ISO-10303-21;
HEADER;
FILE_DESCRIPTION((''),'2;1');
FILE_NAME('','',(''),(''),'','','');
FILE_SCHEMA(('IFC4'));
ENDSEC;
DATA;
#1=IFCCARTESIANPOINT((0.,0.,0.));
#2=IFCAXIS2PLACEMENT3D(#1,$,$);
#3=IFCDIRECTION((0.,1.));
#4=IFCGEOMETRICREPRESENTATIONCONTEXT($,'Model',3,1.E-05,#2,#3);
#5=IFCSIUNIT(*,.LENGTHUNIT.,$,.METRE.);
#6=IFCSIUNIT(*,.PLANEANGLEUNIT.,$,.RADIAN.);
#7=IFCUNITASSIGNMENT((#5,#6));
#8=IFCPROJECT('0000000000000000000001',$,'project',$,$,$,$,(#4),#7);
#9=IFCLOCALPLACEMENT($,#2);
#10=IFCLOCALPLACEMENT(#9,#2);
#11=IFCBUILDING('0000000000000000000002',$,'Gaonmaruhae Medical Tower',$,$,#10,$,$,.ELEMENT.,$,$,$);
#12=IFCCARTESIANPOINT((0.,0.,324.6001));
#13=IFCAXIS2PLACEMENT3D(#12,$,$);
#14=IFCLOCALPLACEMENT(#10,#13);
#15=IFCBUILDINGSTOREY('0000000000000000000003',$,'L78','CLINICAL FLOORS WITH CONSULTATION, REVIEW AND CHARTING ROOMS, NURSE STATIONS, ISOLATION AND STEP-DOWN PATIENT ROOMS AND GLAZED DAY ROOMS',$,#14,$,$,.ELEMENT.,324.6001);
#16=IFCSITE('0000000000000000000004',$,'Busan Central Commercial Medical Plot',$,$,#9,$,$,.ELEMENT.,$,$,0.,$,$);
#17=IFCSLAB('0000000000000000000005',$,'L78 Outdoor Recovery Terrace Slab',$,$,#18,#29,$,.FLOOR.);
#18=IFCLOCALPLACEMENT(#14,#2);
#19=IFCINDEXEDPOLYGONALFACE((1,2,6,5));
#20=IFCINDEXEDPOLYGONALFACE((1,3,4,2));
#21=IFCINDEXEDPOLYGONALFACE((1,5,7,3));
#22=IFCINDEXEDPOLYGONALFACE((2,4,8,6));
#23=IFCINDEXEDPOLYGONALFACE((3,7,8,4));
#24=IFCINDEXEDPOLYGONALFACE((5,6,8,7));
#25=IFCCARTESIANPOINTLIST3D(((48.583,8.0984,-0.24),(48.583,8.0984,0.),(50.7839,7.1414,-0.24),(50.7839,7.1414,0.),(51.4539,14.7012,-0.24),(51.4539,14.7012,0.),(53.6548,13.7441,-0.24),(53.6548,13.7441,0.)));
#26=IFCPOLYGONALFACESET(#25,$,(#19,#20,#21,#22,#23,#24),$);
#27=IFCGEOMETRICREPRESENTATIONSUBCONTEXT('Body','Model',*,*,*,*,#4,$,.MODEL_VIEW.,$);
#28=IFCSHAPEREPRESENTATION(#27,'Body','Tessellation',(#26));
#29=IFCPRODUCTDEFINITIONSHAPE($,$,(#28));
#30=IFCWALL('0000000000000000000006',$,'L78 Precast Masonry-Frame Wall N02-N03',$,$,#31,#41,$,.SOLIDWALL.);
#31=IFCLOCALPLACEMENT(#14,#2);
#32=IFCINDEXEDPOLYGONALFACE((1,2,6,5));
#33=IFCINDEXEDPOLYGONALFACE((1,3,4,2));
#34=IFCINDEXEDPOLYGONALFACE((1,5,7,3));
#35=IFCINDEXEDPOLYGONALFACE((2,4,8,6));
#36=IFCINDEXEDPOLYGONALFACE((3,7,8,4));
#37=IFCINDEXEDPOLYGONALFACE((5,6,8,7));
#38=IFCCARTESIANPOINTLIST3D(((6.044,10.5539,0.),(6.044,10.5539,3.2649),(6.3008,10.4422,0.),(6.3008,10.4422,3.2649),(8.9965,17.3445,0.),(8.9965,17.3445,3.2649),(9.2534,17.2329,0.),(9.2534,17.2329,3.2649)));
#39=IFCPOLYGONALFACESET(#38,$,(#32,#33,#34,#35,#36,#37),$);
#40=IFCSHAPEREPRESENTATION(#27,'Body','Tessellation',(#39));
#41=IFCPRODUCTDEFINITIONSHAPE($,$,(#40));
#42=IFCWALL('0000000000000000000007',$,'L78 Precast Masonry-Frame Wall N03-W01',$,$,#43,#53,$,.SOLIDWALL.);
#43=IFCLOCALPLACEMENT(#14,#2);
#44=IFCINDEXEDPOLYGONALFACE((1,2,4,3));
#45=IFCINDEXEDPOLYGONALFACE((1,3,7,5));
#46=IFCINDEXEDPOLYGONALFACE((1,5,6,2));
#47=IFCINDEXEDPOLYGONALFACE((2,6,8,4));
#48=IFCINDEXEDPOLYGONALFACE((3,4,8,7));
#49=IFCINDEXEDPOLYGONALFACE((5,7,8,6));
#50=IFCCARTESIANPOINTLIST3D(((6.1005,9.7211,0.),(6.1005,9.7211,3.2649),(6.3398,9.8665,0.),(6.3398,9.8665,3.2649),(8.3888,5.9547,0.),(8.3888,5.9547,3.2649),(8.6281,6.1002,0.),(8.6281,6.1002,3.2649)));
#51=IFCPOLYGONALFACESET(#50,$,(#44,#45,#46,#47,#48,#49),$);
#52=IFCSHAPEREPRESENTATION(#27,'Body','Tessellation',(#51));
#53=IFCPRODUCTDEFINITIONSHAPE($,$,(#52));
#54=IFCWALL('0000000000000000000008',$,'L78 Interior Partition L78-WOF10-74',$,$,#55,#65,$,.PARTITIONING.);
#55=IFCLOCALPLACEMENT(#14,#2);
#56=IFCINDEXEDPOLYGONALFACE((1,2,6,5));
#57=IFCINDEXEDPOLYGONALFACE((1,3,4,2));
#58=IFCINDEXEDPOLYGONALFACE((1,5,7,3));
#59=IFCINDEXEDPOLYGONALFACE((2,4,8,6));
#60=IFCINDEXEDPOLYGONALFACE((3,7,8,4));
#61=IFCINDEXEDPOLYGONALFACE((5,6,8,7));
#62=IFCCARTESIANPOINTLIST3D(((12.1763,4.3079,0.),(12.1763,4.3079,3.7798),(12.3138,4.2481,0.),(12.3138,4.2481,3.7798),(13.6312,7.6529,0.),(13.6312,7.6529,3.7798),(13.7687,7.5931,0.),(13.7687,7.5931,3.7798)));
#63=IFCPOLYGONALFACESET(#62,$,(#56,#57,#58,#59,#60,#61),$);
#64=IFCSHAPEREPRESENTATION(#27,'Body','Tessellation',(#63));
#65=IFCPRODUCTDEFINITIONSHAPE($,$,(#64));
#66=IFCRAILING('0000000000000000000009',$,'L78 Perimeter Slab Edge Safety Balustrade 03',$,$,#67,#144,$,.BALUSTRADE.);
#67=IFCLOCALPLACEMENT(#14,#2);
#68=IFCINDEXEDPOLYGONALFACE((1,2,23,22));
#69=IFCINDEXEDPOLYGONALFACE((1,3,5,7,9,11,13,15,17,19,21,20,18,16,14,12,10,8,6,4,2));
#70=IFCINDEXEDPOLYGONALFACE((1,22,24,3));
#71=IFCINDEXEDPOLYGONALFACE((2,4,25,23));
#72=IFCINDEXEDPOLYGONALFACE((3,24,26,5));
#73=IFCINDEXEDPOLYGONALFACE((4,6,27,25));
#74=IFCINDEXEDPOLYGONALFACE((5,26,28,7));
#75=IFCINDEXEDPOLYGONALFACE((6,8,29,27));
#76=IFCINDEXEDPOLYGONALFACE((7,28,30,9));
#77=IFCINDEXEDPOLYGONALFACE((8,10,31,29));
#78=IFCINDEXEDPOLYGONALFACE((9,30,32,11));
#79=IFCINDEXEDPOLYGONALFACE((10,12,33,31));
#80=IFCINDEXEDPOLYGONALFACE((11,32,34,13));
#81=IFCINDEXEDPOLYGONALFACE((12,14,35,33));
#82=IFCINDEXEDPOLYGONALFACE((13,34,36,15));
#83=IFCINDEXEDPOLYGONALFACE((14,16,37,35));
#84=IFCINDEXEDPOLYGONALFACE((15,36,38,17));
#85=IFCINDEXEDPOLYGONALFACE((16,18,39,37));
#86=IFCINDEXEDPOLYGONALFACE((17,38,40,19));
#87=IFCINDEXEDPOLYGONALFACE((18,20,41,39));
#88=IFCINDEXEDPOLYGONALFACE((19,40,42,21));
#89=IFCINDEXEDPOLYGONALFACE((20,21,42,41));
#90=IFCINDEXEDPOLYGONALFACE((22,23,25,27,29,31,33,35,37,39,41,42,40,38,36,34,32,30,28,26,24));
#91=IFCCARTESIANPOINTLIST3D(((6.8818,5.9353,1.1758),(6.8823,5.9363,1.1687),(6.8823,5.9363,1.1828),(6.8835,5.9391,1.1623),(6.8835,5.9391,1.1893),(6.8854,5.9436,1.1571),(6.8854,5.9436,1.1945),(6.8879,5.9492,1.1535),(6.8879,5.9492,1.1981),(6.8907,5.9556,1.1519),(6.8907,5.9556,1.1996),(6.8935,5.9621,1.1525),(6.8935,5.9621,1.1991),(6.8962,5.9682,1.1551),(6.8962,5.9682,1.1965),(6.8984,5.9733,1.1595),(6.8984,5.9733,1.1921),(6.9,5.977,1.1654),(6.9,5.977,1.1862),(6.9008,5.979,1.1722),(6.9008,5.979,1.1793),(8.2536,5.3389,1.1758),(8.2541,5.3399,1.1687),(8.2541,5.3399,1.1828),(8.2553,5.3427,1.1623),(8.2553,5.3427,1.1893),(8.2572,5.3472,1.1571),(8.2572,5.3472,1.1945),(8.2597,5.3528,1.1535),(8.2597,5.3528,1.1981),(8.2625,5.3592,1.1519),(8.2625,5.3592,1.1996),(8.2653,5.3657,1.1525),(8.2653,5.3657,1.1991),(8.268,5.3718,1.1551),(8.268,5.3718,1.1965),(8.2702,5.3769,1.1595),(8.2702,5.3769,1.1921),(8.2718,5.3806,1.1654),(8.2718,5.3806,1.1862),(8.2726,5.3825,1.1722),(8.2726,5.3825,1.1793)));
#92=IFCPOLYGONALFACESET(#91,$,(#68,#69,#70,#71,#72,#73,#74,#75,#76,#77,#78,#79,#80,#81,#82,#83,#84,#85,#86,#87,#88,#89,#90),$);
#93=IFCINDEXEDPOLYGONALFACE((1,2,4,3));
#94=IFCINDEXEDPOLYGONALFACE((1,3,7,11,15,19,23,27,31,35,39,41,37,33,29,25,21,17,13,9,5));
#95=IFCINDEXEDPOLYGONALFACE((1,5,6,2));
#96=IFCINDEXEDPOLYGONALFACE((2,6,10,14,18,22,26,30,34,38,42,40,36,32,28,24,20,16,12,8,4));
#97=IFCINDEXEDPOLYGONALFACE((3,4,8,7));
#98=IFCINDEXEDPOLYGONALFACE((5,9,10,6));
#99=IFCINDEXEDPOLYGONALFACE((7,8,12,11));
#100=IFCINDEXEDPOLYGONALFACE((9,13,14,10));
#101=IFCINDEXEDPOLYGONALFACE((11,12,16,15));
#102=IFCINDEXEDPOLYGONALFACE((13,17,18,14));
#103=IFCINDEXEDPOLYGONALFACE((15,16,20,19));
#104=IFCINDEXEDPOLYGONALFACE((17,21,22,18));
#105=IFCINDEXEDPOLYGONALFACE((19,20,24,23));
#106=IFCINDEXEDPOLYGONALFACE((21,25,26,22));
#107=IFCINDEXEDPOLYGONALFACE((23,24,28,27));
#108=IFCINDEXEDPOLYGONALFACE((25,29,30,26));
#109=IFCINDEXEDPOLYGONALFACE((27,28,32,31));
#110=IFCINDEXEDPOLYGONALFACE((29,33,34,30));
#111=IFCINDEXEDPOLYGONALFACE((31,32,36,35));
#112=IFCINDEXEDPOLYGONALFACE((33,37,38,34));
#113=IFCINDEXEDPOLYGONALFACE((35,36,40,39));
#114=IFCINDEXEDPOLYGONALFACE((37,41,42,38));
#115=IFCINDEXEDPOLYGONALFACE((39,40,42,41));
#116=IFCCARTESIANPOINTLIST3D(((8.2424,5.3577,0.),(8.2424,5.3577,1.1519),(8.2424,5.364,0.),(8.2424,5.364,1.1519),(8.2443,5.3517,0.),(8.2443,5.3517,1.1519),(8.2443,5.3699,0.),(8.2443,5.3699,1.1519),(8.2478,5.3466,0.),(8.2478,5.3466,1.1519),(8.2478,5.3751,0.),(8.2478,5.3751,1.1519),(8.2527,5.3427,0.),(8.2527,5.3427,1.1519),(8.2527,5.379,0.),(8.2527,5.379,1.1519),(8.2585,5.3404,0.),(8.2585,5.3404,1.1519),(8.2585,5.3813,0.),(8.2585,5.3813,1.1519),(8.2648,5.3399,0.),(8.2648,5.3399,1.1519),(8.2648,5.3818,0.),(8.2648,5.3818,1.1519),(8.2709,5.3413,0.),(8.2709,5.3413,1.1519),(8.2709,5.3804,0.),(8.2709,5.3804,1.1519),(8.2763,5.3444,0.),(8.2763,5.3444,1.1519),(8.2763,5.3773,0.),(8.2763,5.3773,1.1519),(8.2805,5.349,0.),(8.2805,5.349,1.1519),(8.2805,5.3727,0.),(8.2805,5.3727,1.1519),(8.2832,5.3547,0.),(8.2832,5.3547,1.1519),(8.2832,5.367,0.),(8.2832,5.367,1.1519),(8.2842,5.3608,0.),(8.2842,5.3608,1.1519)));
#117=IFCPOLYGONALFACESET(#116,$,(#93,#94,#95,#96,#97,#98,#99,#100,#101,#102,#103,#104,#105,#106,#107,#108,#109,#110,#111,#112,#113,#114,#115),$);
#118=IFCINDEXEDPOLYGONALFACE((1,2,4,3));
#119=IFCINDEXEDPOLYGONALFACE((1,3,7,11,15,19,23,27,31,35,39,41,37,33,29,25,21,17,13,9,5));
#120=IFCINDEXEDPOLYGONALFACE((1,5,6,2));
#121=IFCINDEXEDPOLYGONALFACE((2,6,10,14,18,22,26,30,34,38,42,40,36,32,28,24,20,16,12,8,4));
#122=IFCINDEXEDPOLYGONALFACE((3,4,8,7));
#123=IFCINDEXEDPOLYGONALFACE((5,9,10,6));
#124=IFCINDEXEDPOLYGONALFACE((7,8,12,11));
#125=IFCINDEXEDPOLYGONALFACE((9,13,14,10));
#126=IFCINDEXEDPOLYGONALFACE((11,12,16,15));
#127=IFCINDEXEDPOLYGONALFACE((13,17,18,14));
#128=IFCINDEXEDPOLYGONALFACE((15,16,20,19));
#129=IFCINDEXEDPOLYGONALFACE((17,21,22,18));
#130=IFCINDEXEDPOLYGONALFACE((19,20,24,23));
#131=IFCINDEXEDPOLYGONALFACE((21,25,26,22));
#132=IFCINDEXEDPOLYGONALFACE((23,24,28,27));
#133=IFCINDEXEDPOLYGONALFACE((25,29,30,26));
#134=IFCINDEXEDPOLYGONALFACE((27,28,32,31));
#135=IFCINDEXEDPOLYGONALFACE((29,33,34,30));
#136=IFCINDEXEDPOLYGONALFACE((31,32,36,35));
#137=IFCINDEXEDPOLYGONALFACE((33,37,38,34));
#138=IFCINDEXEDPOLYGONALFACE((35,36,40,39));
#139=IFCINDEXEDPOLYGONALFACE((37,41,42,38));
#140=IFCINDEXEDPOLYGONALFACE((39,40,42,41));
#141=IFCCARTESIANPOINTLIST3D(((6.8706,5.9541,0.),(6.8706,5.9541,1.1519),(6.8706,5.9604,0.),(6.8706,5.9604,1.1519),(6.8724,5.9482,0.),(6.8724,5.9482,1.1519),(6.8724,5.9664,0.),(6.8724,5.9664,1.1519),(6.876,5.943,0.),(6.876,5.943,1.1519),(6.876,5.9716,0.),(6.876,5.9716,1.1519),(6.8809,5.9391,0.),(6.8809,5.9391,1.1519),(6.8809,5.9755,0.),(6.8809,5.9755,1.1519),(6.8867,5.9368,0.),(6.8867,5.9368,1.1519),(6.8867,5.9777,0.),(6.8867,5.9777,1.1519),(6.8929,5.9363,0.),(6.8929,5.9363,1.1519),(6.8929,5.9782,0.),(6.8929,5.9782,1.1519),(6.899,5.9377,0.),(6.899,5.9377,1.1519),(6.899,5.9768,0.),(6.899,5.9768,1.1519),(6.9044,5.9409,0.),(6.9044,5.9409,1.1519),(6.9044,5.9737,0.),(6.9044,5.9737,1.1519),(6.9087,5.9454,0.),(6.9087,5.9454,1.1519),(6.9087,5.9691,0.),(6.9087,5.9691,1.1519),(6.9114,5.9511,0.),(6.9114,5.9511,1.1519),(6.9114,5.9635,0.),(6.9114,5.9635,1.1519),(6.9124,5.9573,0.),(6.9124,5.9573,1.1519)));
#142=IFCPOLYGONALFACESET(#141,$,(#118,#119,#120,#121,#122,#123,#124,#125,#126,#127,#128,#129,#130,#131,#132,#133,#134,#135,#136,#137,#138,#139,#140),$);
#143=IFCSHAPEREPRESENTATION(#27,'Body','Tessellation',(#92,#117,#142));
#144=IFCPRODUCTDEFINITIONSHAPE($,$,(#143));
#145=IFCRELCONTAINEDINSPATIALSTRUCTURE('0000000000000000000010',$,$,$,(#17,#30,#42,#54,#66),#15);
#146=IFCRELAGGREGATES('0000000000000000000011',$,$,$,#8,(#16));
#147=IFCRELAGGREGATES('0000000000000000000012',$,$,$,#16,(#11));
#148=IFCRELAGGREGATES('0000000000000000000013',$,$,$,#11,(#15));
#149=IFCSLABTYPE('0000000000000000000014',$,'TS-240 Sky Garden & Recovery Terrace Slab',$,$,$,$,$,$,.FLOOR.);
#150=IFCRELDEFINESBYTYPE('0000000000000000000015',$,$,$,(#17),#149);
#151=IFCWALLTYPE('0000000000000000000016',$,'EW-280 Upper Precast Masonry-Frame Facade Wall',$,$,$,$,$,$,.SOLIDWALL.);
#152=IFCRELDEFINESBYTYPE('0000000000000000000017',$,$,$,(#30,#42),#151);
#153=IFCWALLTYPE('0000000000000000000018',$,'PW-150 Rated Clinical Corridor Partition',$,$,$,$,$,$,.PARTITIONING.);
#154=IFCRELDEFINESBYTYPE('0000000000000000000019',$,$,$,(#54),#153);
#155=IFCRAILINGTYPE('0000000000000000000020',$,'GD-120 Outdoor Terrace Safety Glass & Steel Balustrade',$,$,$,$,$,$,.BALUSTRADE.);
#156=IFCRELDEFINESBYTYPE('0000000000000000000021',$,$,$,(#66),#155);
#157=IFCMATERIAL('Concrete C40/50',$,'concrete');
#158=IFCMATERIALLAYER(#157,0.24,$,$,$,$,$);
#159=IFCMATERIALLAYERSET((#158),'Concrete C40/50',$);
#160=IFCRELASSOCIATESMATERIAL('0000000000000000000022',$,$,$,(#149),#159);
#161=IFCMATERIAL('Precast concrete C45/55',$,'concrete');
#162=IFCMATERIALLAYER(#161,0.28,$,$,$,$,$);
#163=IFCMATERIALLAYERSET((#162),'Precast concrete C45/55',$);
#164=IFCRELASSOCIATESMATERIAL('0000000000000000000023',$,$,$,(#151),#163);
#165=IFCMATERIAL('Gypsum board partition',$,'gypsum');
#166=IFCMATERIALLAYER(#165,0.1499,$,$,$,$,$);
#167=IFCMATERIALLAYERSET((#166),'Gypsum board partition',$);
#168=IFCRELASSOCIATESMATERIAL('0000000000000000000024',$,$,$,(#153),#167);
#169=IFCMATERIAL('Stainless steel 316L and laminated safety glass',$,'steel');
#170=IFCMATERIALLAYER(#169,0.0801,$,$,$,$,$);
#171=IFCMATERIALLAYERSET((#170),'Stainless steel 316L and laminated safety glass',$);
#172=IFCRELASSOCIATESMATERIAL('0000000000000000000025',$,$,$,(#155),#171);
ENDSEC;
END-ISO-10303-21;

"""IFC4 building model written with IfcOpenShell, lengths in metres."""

from ifc_helpers import new_model, si_unit, direction, frame, frame_2d, origin, origin_2d, place, context, subcontext, project, spatial, polyline, rectangle, circle, outline, extrude, material, layer, layer_set, type_object, element, save


model = new_model("IFC4")

# Units and contexts
model_context = context("Model", 3, precision=1e-05, world=origin(), true_north=direction((0.0, 1.0)))
body_context = subcontext(model_context, "Body", "Model", "MODEL_VIEW")
ifc_project = project(units=[si_unit("LENGTHUNIT", "METRE"), si_unit("PLANEANGLEUNIT", "RADIAN")], contexts=[model_context])

# Site, building, storey
site_placement = place(None, origin())
site = spatial("IfcSite", under=ifc_project, at=site_placement, Name="Busan Central Commercial Medical Plot", CompositionType="ELEMENT", RefElevation=0.0)
building_placement = place(site_placement, origin())
building = spatial("IfcBuilding", under=site, at=building_placement, Name="Gaonmaruhae Medical Tower", CompositionType="ELEMENT")
storey_placement = place(building_placement, frame((0.0, 0.0, 324.6001)))
storey = spatial("IfcBuildingStorey", under=building, at=storey_placement, Name="L78", Description="CLINICAL FLOORS WITH CONSULTATION, REVIEW AND CHARTING ROOMS, NURSE STATIONS, ISOLATION AND STEP-DOWN PATIENT ROOMS AND GLAZED DAY ROOMS", CompositionType="ELEMENT", Elevation=324.6001)

# Shared definitions
ifc_material_1 = material(Name="Concrete C40/50", Category="concrete")

# Slab
ifc_layer_1 = layer(ifc_material_1, 0.24)
ifc_layer_set_1 = layer_set([ifc_layer_1], Name="Concrete C40/50")
slab_type_1 = type_object("IfcSlabType", Name="TS-240 Sky Garden & Recovery Terrace Slab", PredefinedType="FLOOR", material=ifc_layer_set_1)
slab_1_placement = place(storey_placement, frame((0.0, 0.0, -0.24)))
element("IfcSlab", 1, at=slab_1_placement, inside=storey, type_object=slab_type_1, Name="L78 Outdoor Recovery Terrace Slab", PredefinedType="FLOOR", context=body_context, shape_type="SweptSolid", body=[
    extrude(outline(polyline([(50.7839, 7.1414), (53.6548, 13.7441), (51.4539, 14.7012), (48.583, 8.0984), (50.7839, 7.1414)])), origin(), (0.0, 0.0, 1.0), 0.24),
])

# Walls
ifc_material_2 = material(Name="Precast concrete C45/55", Category="concrete")
ifc_layer_2 = layer(ifc_material_2, 0.28)
ifc_layer_set_2 = layer_set([ifc_layer_2], Name="Precast concrete C45/55")
wall_type_1 = type_object("IfcWallType", Name="EW-280 Upper Precast Masonry-Frame Facade Wall", PredefinedType="SOLIDWALL", material=ifc_layer_set_2)
wall_1_placement = place(storey_placement, frame((6.1724, 10.498, 0.0), z_axis=(0.0, 0.0, 1.0), x_axis=(0.398741, 0.917064, 0.0)))
element("IfcWall", 2, at=wall_1_placement, inside=storey, type_object=wall_type_1, Name="L78 Precast Masonry-Frame Wall N02-N03", PredefinedType="SOLIDWALL", context=body_context, shape_type="SweptSolid", body=[
    extrude(rectangle(XDim=7.4048, YDim=0.28, at=frame_2d((3.7024, 0.0))), origin(), (0.0, 0.0, 1.0), 3.2649),
])
wall_2_placement = place(storey_placement, frame((8.5085, 6.0273, 0.0), z_axis=(0.0, 0.0, 1.0), x_axis=(-0.519246, 0.854625, 0.0)))
element("IfcWall", 3, at=wall_2_placement, inside=storey, type_object=wall_type_1, Name="L78 Precast Masonry-Frame Wall N03-W01", PredefinedType="SOLIDWALL", context=body_context, shape_type="SweptSolid", body=[
    extrude(rectangle(XDim=4.407, YDim=0.28, at=frame_2d((2.2036, 0.0))), origin(), (0.0, 0.0, 1.0), 3.2649),
])
ifc_material_3 = material(Name="Gypsum board partition", Category="gypsum")
ifc_layer_3 = layer(ifc_material_3, 0.1499)
ifc_layer_set_3 = layer_set([ifc_layer_3], Name="Gypsum board partition")
wall_type_2 = type_object("IfcWallType", Name="PW-150 Rated Clinical Corridor Partition", PredefinedType="PARTITIONING", material=ifc_layer_set_3)
wall_3_placement = place(storey_placement, frame((12.2451, 4.2781, 0.0), z_axis=(0.0, 0.0, 1.0), x_axis=(0.398841, 0.91702, 0.0)))
element("IfcWall", 4, at=wall_3_placement, inside=storey, type_object=wall_type_2, Name="L78 Interior Partition L78-WOF10-74", PredefinedType="PARTITIONING", context=body_context, shape_type="SweptSolid", body=[
    extrude(rectangle(XDim=3.6477, YDim=0.1499, at=frame_2d((1.8237, 0.0))), origin(), (0.0, 0.0, 1.0), 3.7798),
])

# Railing
ifc_material_4 = material(Name="Stainless steel 316L and laminated safety glass", Category="steel")
ifc_layer_4 = layer(ifc_material_4, 0.0801)
ifc_layer_set_4 = layer_set([ifc_layer_4], Name="Stainless steel 316L and laminated safety glass")
railing_type = type_object("IfcRailingType", Name="GD-120 Outdoor Terrace Safety Glass & Steel Balustrade", PredefinedType="BALUSTRADE", material=ifc_layer_set_4)
railing_1_placement = place(storey_placement, frame((8.2632, 5.3608, 0.0)))
element("IfcRailing", 5, at=railing_1_placement, inside=storey, type_object=railing_type, Name="L78 Perimeter Slab Edge Safety Balustrade 03", PredefinedType="BALUSTRADE", context=body_context, shape_type="SweptSolid", body=[
    extrude(circle(Radius=0.0239, at=origin_2d()), frame((0.0, 0.0, 1.1758), z_axis=(-0.917073, 0.39872, 0.0), x_axis=(-0.39872, -0.917073, 0.0)), (0.0, 0.0, 1.0), 1.4958),
    extrude(circle(Radius=0.021, at=origin_2d()), origin(), (0.0, 0.0, 1.0), 1.1519),
    extrude(circle(Radius=0.021, at=origin_2d()), frame((-1.3718, 0.5964, 0.0)), (0.0, 0.0, 1.0), 1.1519),
])

save(model, "model.ifc")
